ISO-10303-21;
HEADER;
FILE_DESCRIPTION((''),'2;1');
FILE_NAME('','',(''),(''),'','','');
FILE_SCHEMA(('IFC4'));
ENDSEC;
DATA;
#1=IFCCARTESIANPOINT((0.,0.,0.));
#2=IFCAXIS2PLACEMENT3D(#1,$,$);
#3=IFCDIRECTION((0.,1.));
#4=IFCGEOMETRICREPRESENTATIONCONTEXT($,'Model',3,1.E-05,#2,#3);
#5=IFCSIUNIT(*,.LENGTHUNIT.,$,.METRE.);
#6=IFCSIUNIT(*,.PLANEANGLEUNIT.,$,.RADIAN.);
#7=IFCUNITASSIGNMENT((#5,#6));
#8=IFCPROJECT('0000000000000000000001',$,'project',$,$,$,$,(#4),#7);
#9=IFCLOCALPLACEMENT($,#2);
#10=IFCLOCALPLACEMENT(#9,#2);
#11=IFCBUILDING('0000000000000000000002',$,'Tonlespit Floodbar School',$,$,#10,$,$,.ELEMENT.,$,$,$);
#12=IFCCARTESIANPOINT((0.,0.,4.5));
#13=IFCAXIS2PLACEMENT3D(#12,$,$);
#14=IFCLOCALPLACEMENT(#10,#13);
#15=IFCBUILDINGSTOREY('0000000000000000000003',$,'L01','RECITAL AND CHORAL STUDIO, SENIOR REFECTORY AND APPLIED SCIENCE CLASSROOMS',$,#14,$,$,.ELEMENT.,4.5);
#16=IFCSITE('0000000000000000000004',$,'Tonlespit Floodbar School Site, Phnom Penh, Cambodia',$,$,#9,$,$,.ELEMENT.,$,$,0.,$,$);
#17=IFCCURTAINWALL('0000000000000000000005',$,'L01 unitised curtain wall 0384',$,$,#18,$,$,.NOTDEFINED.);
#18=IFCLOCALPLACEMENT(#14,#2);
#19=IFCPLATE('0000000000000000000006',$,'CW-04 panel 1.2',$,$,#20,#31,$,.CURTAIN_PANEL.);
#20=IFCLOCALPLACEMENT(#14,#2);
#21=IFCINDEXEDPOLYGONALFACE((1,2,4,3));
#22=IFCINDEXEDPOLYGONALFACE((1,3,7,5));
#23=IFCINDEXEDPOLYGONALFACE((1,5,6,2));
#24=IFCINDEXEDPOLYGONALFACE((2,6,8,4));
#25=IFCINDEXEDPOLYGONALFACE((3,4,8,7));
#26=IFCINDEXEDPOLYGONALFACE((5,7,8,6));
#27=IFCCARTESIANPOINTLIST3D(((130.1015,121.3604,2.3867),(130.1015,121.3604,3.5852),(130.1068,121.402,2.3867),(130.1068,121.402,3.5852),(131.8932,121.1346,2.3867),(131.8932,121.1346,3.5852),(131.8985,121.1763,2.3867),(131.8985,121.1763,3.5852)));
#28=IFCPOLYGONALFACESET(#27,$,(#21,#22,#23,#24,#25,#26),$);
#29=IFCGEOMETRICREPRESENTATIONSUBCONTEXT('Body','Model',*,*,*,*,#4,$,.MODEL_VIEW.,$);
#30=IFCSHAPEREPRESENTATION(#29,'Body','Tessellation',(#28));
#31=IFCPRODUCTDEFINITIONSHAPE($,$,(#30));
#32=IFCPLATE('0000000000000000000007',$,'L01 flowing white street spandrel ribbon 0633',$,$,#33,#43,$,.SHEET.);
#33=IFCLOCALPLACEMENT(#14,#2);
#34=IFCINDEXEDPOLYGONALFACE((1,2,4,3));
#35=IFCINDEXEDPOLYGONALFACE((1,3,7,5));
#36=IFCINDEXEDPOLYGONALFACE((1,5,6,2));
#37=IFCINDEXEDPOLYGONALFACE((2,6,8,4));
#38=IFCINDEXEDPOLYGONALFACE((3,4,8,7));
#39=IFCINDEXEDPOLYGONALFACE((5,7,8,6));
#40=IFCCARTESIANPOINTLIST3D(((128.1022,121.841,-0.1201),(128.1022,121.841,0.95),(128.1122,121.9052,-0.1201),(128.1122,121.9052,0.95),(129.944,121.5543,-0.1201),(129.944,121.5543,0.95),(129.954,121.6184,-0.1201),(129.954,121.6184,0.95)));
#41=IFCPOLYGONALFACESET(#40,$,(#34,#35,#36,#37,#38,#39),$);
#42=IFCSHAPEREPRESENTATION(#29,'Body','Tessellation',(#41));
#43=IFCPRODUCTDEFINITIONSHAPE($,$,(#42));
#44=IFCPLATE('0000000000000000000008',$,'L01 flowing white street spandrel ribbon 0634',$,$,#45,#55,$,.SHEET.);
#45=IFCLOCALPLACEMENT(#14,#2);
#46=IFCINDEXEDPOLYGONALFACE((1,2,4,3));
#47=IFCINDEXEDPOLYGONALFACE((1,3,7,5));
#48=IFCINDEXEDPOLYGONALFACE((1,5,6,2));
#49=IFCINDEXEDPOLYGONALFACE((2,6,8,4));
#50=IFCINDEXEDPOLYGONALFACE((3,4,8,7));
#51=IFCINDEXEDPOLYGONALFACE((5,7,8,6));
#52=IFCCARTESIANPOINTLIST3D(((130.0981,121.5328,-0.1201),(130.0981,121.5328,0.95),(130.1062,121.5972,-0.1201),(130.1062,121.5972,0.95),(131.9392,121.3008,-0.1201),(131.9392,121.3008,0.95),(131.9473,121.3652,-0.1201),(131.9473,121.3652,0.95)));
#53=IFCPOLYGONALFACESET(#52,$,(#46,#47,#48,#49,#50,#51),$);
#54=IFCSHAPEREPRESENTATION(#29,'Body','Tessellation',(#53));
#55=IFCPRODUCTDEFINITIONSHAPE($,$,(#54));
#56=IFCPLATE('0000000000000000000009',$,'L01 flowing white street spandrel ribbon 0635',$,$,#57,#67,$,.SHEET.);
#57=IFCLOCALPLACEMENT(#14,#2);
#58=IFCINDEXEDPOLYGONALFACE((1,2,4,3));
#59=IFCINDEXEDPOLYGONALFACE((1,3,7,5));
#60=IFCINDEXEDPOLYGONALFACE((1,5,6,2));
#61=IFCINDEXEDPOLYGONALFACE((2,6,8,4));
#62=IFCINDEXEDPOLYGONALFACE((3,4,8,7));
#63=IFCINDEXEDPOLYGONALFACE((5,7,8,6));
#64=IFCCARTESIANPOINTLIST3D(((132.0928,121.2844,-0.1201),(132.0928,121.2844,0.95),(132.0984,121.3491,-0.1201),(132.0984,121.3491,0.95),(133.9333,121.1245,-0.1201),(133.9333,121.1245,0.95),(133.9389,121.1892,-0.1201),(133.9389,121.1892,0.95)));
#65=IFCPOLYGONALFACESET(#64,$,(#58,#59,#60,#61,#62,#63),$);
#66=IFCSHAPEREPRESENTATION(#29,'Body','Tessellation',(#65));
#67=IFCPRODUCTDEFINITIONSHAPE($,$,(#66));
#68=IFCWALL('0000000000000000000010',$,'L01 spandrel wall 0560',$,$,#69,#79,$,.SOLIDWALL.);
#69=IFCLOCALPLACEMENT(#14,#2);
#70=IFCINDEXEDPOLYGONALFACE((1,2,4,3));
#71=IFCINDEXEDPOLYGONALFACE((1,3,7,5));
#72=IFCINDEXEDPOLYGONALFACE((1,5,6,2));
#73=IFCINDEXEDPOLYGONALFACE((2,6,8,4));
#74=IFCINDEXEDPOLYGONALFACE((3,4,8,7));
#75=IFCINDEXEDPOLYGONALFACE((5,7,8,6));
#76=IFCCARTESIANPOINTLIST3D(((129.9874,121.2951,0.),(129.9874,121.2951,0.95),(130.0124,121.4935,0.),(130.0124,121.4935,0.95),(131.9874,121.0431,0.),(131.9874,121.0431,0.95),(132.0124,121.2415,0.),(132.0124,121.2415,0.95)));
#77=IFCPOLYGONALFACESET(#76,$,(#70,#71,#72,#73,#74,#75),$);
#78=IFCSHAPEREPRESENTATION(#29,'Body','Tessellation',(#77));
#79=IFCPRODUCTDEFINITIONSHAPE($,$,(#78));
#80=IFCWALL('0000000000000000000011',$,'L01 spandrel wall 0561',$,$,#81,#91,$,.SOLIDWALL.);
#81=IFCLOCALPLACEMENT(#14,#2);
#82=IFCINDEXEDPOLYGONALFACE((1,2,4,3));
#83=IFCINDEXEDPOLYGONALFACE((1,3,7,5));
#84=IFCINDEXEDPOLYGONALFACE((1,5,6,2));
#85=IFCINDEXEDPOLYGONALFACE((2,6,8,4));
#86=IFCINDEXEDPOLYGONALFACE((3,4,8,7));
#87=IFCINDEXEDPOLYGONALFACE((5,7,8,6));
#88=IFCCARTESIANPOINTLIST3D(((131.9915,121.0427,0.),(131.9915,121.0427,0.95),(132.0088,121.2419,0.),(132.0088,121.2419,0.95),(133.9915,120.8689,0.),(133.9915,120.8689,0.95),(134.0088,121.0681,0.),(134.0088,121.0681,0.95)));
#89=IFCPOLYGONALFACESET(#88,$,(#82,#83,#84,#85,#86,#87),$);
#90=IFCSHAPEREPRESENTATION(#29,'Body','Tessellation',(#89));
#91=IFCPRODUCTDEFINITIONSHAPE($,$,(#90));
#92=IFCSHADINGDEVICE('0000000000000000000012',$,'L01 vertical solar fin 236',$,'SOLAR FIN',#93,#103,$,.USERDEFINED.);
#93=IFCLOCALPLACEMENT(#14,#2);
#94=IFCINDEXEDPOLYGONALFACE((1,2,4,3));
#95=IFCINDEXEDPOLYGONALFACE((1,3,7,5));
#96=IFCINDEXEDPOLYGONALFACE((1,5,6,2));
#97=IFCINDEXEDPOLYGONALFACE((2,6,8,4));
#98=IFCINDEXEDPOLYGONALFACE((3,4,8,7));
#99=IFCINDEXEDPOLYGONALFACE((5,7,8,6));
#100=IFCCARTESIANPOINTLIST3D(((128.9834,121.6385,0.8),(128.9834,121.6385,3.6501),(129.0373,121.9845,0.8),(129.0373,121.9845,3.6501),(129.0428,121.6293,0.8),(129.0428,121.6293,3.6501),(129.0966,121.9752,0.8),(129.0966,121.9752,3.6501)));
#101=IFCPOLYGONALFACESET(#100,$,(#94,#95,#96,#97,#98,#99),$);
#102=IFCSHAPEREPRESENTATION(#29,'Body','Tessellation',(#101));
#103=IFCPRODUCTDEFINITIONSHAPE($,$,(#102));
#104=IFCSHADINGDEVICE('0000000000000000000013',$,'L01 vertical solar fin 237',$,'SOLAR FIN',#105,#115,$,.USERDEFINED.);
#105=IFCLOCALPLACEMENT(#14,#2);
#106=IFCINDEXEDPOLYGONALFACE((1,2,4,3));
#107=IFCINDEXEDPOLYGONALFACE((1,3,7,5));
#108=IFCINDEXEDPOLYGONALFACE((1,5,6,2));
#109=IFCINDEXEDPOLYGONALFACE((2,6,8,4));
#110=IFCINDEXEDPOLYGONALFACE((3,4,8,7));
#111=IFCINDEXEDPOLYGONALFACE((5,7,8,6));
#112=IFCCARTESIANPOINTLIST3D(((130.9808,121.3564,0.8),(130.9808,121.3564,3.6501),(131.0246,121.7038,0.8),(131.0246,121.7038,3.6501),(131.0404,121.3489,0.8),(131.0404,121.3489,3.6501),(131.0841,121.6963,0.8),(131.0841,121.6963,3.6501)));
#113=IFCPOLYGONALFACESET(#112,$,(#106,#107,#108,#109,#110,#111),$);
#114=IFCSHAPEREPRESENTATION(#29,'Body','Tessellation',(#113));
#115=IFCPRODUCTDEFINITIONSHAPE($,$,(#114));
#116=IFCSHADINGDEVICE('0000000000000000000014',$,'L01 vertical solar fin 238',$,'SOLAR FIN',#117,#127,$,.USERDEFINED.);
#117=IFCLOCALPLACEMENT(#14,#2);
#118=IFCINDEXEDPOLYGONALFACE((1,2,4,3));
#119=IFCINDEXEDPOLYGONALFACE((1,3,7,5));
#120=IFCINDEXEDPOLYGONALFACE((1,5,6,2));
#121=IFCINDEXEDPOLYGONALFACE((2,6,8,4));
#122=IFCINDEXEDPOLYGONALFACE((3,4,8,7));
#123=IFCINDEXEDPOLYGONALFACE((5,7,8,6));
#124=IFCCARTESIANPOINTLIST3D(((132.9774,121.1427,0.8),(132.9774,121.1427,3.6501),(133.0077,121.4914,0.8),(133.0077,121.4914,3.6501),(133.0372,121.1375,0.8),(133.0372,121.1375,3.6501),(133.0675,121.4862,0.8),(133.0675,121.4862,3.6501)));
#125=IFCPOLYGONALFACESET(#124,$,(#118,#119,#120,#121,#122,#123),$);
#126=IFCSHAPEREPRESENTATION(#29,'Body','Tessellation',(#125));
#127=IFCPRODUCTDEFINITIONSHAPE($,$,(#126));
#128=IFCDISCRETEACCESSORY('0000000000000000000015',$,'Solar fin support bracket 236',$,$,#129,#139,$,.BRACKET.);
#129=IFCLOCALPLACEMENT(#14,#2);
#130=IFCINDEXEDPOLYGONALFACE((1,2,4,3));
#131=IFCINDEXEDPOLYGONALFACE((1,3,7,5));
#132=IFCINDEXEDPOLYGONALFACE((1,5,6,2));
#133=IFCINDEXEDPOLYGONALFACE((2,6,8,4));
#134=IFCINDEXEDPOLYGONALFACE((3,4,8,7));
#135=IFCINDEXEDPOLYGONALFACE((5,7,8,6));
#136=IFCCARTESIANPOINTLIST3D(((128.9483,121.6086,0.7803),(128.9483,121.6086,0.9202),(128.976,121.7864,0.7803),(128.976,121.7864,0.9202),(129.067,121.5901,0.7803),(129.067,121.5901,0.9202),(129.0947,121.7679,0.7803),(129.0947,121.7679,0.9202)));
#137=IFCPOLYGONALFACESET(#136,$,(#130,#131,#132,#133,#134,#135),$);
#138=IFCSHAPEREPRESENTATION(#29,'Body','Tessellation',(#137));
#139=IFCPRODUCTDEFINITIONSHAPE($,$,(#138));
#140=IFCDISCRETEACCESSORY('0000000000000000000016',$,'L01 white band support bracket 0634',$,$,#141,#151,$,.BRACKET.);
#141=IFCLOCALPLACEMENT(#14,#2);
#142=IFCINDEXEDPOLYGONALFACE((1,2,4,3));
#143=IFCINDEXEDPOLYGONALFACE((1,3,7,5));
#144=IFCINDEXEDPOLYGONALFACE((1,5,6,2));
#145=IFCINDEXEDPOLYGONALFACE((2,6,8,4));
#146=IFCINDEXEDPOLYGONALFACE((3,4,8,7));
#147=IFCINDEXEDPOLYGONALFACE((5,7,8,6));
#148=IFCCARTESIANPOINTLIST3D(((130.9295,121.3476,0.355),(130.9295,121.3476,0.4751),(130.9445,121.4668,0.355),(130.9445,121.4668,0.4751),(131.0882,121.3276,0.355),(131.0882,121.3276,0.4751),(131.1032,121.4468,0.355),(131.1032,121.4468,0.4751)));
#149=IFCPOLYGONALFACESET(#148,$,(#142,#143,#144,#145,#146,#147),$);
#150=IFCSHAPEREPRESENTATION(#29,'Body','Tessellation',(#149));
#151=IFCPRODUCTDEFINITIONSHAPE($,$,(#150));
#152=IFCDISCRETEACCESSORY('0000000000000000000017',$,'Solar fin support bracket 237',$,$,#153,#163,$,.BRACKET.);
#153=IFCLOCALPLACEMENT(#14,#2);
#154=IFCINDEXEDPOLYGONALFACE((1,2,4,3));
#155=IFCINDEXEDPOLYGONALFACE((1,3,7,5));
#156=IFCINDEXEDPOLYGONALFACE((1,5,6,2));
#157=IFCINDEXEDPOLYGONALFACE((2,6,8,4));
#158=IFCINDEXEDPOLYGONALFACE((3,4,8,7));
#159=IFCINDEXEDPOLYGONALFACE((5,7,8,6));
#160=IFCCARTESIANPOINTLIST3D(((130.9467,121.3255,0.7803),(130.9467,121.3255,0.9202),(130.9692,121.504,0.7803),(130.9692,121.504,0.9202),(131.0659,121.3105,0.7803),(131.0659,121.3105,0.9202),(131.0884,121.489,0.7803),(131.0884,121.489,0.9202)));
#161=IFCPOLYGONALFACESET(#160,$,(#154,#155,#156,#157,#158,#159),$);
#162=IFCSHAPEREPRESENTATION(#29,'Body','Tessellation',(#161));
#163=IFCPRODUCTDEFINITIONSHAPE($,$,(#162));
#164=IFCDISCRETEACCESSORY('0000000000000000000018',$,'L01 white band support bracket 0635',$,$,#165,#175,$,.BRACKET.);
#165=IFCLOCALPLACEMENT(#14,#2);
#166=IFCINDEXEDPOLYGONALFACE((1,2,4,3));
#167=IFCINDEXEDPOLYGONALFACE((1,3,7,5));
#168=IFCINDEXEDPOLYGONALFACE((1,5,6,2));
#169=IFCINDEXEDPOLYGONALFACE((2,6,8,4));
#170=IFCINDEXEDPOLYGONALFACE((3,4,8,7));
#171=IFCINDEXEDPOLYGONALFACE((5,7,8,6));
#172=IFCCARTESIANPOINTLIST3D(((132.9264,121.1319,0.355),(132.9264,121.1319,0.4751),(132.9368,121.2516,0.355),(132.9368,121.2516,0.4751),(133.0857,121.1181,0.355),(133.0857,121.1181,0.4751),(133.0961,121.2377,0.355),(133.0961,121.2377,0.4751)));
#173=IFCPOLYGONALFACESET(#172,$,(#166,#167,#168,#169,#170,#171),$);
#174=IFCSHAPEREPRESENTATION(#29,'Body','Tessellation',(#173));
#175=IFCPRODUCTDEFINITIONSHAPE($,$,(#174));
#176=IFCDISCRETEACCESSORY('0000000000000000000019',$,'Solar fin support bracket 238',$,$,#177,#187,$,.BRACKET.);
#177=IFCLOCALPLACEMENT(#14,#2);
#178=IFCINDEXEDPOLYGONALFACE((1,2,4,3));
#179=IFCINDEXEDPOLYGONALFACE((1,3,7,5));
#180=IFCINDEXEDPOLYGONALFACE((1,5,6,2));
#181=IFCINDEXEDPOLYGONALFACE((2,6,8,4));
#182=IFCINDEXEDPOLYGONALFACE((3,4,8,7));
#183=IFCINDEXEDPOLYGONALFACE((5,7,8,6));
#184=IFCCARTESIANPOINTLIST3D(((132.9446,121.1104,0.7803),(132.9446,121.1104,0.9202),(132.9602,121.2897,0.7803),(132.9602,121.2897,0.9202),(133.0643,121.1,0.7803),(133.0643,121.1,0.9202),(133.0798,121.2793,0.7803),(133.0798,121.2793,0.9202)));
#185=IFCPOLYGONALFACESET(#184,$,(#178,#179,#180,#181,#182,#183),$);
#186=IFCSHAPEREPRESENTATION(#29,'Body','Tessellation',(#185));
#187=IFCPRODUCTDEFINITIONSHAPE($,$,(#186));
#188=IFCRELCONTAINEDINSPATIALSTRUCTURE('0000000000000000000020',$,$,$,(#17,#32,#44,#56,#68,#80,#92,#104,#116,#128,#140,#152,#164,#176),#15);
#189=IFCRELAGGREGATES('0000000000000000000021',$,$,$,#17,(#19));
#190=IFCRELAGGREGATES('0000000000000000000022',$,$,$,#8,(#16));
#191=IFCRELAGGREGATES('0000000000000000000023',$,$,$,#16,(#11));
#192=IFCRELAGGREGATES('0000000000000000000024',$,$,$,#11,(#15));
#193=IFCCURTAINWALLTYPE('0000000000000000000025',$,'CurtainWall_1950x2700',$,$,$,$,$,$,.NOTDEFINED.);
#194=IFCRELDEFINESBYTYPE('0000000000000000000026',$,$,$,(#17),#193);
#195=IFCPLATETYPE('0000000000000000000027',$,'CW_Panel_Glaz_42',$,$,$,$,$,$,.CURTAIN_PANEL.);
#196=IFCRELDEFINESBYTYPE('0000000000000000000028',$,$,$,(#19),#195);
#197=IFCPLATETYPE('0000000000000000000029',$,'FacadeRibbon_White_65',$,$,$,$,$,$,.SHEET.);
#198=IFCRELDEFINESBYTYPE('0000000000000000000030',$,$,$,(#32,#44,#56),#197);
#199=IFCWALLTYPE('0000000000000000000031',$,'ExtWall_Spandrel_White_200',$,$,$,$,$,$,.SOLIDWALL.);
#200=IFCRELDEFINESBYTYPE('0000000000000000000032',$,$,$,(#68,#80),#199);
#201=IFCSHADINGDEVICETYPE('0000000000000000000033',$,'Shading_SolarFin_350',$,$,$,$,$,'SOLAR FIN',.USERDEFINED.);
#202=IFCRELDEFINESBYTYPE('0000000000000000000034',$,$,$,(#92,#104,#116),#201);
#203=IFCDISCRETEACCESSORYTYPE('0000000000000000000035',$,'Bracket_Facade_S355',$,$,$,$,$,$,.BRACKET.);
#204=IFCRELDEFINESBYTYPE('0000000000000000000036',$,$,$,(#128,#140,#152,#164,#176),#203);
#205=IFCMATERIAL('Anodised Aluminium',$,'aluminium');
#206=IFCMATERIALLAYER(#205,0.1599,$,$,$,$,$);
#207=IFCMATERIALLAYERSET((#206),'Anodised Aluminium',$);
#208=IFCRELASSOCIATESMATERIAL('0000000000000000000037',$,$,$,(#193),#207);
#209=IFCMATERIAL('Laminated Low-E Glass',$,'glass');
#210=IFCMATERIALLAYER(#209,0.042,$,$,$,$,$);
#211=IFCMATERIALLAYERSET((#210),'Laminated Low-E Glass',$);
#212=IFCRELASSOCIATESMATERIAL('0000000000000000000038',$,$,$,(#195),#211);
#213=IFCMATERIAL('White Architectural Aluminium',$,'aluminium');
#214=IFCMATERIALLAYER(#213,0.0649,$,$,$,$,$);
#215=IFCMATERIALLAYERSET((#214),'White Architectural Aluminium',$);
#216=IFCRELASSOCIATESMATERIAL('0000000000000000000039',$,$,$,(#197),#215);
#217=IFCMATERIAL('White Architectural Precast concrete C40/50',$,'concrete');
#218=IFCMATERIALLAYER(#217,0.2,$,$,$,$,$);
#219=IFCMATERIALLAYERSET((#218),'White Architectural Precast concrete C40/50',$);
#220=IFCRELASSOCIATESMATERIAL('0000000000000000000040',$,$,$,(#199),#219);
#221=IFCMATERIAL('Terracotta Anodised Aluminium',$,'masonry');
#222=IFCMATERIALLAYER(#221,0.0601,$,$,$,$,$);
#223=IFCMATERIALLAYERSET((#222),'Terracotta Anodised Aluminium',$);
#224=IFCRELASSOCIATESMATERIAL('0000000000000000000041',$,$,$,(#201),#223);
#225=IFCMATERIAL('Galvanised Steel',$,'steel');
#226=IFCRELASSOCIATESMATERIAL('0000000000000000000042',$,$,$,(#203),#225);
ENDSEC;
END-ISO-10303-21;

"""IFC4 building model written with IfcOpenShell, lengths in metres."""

from ifc_helpers import new_model, si_unit, direction, frame, frame_2d, origin, origin_2d, place, context, subcontext, project, spatial, rectangle, extrude, material, layer, layer_set, type_object, element, aggregate, save


model = new_model("IFC4")

# Units and contexts
model_context = context("Model", 3, precision=1e-05, world=origin(), true_north=direction((0.0, 1.0)))
body_context = subcontext(model_context, "Body", "Model", "MODEL_VIEW")
ifc_project = project(units=[si_unit("LENGTHUNIT", "METRE"), si_unit("PLANEANGLEUNIT", "RADIAN")], contexts=[model_context])

# Site, building, storey
site_placement = place(None, origin())
site = spatial("IfcSite", under=ifc_project, at=site_placement, Name="Tonlespit Floodbar School Site, Phnom Penh, Cambodia", CompositionType="ELEMENT", RefElevation=0.0)
building_placement = place(site_placement, origin())
building = spatial("IfcBuilding", under=site, at=building_placement, Name="Tonlespit Floodbar School", CompositionType="ELEMENT")
storey_placement = place(building_placement, frame((0.0, 0.0, 4.5)))
storey = spatial("IfcBuildingStorey", under=building, at=storey_placement, Name="L01", Description="RECITAL AND CHORAL STUDIO, SENIOR REFECTORY AND APPLIED SCIENCE CLASSROOMS", CompositionType="ELEMENT", Elevation=4.5)

# Curtain wall
ifc_material_1 = material(Name="Anodised Aluminium", Category="aluminium")
ifc_layer_1 = layer(ifc_material_1, 0.1599)
ifc_layer_set_1 = layer_set([ifc_layer_1], Name="Anodised Aluminium")
curtain_wall_type = type_object("IfcCurtainWallType", Name="CurtainWall_1950x2700", PredefinedType="NOTDEFINED", material=ifc_layer_set_1)
curtain_wall_1_placement = place(storey_placement, origin())
curtain_wall_1 = element("IfcCurtainWall", 1, at=curtain_wall_1_placement, inside=storey, type_object=curtain_wall_type, Name="L01 unitised curtain wall 0384", PredefinedType="NOTDEFINED")

# Plate
ifc_material_2 = material(Name="Laminated Low-E Glass", Category="glass")
ifc_layer_2 = layer(ifc_material_2, 0.042)
ifc_layer_set_2 = layer_set([ifc_layer_2], Name="Laminated Low-E Glass")
plate_type_1 = type_object("IfcPlateType", Name="CW_Panel_Glaz_42", PredefinedType="CURTAIN_PANEL", material=ifc_layer_set_2)
plate_1_placement = place(storey_placement, frame((131.0, 121.2683, 2.3867), z_axis=(0.0, 0.0, 1.0), x_axis=(0.992155, -0.125014, 0.0)))
plate_1 = element("IfcPlate", 2, at=plate_1_placement, type_object=plate_type_1, Name="CW-04 panel 1.2", PredefinedType="CURTAIN_PANEL", context=body_context, shape_type="SweptSolid", body=[
    extrude(rectangle(XDim=1.8059, YDim=0.042, at=origin_2d()), origin(), (0.0, 0.0, 1.0), 1.1985),
])
aggregate(curtain_wall_1, [plate_1])

# Plates
ifc_material_3 = material(Name="White Architectural Aluminium", Category="aluminium")
ifc_layer_3 = layer(ifc_material_3, 0.0649)
ifc_layer_set_3 = layer_set([ifc_layer_3], Name="White Architectural Aluminium")
plate_type_2 = type_object("IfcPlateType", Name="FacadeRibbon_White_65", PredefinedType="SHEET", material=ifc_layer_set_3)
plate_2_placement = place(storey_placement, frame((129.0281, 121.7297, -0.1201), z_axis=(0.0, 0.0, 1.0), x_axis=(0.988095, -0.153846, 0.0)))
element("IfcPlate", 3, at=plate_2_placement, inside=storey, type_object=plate_type_2, Name="L01 flowing white street spandrel ribbon 0633", PredefinedType="SHEET", context=body_context, shape_type="SweptSolid", body=[
    extrude(rectangle(XDim=1.864, YDim=0.0649, at=origin_2d()), origin(), (0.0, 0.0, 1.0), 1.0701),
])
plate_3_placement = place(storey_placement, frame((131.0227, 121.449, -0.1201), z_axis=(0.0, 0.0, 1.0), x_axis=(0.992155, -0.125011, 0.0)))
element("IfcPlate", 4, at=plate_3_placement, inside=storey, type_object=plate_type_2, Name="L01 flowing white street spandrel ribbon 0634", PredefinedType="SHEET", context=body_context, shape_type="SweptSolid", body=[
    extrude(rectangle(XDim=1.8557, YDim=0.0649, at=origin_2d()), origin(), (0.0, 0.0, 1.0), 1.0701),
])
plate_4_placement = place(storey_placement, frame((133.0159, 121.2368, -0.1201), z_axis=(0.0, 0.0, 1.0), x_axis=(0.996245, -0.086573, 0.0)))
element("IfcPlate", 5, at=plate_4_placement, inside=storey, type_object=plate_type_2, Name="L01 flowing white street spandrel ribbon 0635", PredefinedType="SHEET", context=body_context, shape_type="SweptSolid", body=[
    extrude(rectangle(XDim=1.8474, YDim=0.0649, at=origin_2d()), origin(), (0.0, 0.0, 1.0), 1.0701),
])

# Walls
ifc_material_4 = material(Name="White Architectural Precast concrete C40/50", Category="concrete")
ifc_layer_4 = layer(ifc_material_4, 0.2)
ifc_layer_set_4 = layer_set([ifc_layer_4], Name="White Architectural Precast concrete C40/50")
wall_type = type_object("IfcWallType", Name="ExtWall_Spandrel_White_200", PredefinedType="SOLIDWALL", material=ifc_layer_set_4)
wall_1_placement = place(storey_placement, frame((130.0, 121.3943, 0.0), z_axis=(0.0, 0.0, 1.0), x_axis=(0.992158, -0.124989, 0.0)))
element("IfcWall", 6, at=wall_1_placement, inside=storey, type_object=wall_type, Name="L01 spandrel wall 0560", PredefinedType="SOLIDWALL", context=body_context, shape_type="SweptSolid", body=[
    extrude(rectangle(XDim=2.0159, YDim=0.2, at=frame_2d((1.0078, 0.0))), origin(), (0.0, 0.0, 1.0), 0.95),
])
wall_2_placement = place(storey_placement, frame((132.0, 121.1423, 0.0), z_axis=(0.0, 0.0, 1.0), x_axis=(0.996244, -0.086588, 0.0)))
element("IfcWall", 7, at=wall_2_placement, inside=storey, type_object=wall_type, Name="L01 spandrel wall 0561", PredefinedType="SOLIDWALL", context=body_context, shape_type="SweptSolid", body=[
    extrude(rectangle(XDim=2.0076, YDim=0.2, at=frame_2d((1.0039, 0.0))), origin(), (0.0, 0.0, 1.0), 0.95),
])

# Shading devices
ifc_material_5 = material(Name="Terracotta Anodised Aluminium", Category="masonry")
ifc_layer_5 = layer(ifc_material_5, 0.0601)
ifc_layer_set_5 = layer_set([ifc_layer_5], Name="Terracotta Anodised Aluminium")
shading_device_type = type_object("IfcShadingDeviceType", Name="Shading_SolarFin_350", ElementType="SOLAR FIN", PredefinedType="USERDEFINED", material=ifc_layer_set_5)
for number, where, z_axis, x_axis, name in (
    (8, (129.04, 121.8069, 0.8), (0.0, 0.0, 1.0), (0.988095, -0.153846, 0.0), "L01 vertical solar fin 236"),
    (9, (131.0325, 121.5264, 0.8), (0.0, 0.0, 1.0), (0.992155, -0.125011, 0.0), "L01 vertical solar fin 237"),
    (10, (133.0225, 121.3145, 0.8), (0.0, 0.0, 1.0), (0.996245, -0.086573, 0.0), "L01 vertical solar fin 238"),
):
    element("IfcShadingDevice", number, at=place(storey_placement, frame(where, z_axis=z_axis, x_axis=x_axis)), inside=storey, type_object=shading_device_type, Name=name, ObjectType="SOLAR FIN", PredefinedType="USERDEFINED", context=body_context, shape_type="SweptSolid", body=[
        extrude(rectangle(XDim=0.0601, YDim=0.3501, at=origin_2d()), origin(), (0.0, 0.0, 1.0), 2.8501),
    ])

# Discrete accessories
ifc_material_6 = material(Name="Galvanised Steel", Category="steel")
discrete_accessory_type = type_object("IfcDiscreteAccessoryType", Name="Bracket_Facade_S355", PredefinedType="BRACKET", material=ifc_material_6)
discrete_accessory_1_placement = place(storey_placement, frame((129.0215, 121.6882, 0.7803), z_axis=(0.0, 0.0, 1.0), x_axis=(0.988095, -0.153846, 0.0)))
element("IfcDiscreteAccessory", 11, at=discrete_accessory_1_placement, inside=storey, type_object=discrete_accessory_type, Name="Solar fin support bracket 236", PredefinedType="BRACKET", context=body_context, shape_type="SweptSolid", body=[
    extrude(rectangle(XDim=0.1201, YDim=0.1799, at=origin_2d()), origin(), (0.0, 0.0, 1.0), 0.1399),
])
discrete_accessory_2_placement = place(storey_placement, frame((131.0164, 121.3972, 0.355), z_axis=(0.0, 0.0, 1.0), x_axis=(0.992155, -0.125011, 0.0)))
element("IfcDiscreteAccessory", 12, at=discrete_accessory_2_placement, inside=storey, type_object=discrete_accessory_type, Name="L01 white band support bracket 0634", PredefinedType="BRACKET", context=body_context, shape_type="SweptSolid", body=[
    extrude(rectangle(XDim=0.1599, YDim=0.1201, at=origin_2d()), origin(), (0.0, 0.0, 1.0), 0.1201),
])
discrete_accessory_3_placement = place(storey_placement, frame((131.0176, 121.4072, 0.7803), z_axis=(0.0, 0.0, 1.0), x_axis=(0.992155, -0.125011, 0.0)))
element("IfcDiscreteAccessory", 13, at=discrete_accessory_3_placement, inside=storey, type_object=discrete_accessory_type, Name="Solar fin support bracket 237", PredefinedType="BRACKET", context=body_context, shape_type="SweptSolid", body=[
    extrude(rectangle(XDim=0.1201, YDim=0.1799, at=origin_2d()), origin(), (0.0, 0.0, 1.0), 0.1399),
])
discrete_accessory_4_placement = place(storey_placement, frame((133.0112, 121.1848, 0.355), z_axis=(0.0, 0.0, 1.0), x_axis=(0.996245, -0.086573, 0.0)))
element("IfcDiscreteAccessory", 14, at=discrete_accessory_4_placement, inside=storey, type_object=discrete_accessory_type, Name="L01 white band support bracket 0635", PredefinedType="BRACKET", context=body_context, shape_type="SweptSolid", body=[
    extrude(rectangle(XDim=0.1599, YDim=0.1201, at=origin_2d()), origin(), (0.0, 0.0, 1.0), 0.1201),
])
discrete_accessory_5_placement = place(storey_placement, frame((133.0122, 121.1948, 0.7803), z_axis=(0.0, 0.0, 1.0), x_axis=(0.996245, -0.086573, 0.0)))
element("IfcDiscreteAccessory", 15, at=discrete_accessory_5_placement, inside=storey, type_object=discrete_accessory_type, Name="Solar fin support bracket 238", PredefinedType="BRACKET", context=body_context, shape_type="SweptSolid", body=[
    extrude(rectangle(XDim=0.1201, YDim=0.1799, at=origin_2d()), origin(), (0.0, 0.0, 1.0), 0.1399),
])

save(model, "model.ifc")
